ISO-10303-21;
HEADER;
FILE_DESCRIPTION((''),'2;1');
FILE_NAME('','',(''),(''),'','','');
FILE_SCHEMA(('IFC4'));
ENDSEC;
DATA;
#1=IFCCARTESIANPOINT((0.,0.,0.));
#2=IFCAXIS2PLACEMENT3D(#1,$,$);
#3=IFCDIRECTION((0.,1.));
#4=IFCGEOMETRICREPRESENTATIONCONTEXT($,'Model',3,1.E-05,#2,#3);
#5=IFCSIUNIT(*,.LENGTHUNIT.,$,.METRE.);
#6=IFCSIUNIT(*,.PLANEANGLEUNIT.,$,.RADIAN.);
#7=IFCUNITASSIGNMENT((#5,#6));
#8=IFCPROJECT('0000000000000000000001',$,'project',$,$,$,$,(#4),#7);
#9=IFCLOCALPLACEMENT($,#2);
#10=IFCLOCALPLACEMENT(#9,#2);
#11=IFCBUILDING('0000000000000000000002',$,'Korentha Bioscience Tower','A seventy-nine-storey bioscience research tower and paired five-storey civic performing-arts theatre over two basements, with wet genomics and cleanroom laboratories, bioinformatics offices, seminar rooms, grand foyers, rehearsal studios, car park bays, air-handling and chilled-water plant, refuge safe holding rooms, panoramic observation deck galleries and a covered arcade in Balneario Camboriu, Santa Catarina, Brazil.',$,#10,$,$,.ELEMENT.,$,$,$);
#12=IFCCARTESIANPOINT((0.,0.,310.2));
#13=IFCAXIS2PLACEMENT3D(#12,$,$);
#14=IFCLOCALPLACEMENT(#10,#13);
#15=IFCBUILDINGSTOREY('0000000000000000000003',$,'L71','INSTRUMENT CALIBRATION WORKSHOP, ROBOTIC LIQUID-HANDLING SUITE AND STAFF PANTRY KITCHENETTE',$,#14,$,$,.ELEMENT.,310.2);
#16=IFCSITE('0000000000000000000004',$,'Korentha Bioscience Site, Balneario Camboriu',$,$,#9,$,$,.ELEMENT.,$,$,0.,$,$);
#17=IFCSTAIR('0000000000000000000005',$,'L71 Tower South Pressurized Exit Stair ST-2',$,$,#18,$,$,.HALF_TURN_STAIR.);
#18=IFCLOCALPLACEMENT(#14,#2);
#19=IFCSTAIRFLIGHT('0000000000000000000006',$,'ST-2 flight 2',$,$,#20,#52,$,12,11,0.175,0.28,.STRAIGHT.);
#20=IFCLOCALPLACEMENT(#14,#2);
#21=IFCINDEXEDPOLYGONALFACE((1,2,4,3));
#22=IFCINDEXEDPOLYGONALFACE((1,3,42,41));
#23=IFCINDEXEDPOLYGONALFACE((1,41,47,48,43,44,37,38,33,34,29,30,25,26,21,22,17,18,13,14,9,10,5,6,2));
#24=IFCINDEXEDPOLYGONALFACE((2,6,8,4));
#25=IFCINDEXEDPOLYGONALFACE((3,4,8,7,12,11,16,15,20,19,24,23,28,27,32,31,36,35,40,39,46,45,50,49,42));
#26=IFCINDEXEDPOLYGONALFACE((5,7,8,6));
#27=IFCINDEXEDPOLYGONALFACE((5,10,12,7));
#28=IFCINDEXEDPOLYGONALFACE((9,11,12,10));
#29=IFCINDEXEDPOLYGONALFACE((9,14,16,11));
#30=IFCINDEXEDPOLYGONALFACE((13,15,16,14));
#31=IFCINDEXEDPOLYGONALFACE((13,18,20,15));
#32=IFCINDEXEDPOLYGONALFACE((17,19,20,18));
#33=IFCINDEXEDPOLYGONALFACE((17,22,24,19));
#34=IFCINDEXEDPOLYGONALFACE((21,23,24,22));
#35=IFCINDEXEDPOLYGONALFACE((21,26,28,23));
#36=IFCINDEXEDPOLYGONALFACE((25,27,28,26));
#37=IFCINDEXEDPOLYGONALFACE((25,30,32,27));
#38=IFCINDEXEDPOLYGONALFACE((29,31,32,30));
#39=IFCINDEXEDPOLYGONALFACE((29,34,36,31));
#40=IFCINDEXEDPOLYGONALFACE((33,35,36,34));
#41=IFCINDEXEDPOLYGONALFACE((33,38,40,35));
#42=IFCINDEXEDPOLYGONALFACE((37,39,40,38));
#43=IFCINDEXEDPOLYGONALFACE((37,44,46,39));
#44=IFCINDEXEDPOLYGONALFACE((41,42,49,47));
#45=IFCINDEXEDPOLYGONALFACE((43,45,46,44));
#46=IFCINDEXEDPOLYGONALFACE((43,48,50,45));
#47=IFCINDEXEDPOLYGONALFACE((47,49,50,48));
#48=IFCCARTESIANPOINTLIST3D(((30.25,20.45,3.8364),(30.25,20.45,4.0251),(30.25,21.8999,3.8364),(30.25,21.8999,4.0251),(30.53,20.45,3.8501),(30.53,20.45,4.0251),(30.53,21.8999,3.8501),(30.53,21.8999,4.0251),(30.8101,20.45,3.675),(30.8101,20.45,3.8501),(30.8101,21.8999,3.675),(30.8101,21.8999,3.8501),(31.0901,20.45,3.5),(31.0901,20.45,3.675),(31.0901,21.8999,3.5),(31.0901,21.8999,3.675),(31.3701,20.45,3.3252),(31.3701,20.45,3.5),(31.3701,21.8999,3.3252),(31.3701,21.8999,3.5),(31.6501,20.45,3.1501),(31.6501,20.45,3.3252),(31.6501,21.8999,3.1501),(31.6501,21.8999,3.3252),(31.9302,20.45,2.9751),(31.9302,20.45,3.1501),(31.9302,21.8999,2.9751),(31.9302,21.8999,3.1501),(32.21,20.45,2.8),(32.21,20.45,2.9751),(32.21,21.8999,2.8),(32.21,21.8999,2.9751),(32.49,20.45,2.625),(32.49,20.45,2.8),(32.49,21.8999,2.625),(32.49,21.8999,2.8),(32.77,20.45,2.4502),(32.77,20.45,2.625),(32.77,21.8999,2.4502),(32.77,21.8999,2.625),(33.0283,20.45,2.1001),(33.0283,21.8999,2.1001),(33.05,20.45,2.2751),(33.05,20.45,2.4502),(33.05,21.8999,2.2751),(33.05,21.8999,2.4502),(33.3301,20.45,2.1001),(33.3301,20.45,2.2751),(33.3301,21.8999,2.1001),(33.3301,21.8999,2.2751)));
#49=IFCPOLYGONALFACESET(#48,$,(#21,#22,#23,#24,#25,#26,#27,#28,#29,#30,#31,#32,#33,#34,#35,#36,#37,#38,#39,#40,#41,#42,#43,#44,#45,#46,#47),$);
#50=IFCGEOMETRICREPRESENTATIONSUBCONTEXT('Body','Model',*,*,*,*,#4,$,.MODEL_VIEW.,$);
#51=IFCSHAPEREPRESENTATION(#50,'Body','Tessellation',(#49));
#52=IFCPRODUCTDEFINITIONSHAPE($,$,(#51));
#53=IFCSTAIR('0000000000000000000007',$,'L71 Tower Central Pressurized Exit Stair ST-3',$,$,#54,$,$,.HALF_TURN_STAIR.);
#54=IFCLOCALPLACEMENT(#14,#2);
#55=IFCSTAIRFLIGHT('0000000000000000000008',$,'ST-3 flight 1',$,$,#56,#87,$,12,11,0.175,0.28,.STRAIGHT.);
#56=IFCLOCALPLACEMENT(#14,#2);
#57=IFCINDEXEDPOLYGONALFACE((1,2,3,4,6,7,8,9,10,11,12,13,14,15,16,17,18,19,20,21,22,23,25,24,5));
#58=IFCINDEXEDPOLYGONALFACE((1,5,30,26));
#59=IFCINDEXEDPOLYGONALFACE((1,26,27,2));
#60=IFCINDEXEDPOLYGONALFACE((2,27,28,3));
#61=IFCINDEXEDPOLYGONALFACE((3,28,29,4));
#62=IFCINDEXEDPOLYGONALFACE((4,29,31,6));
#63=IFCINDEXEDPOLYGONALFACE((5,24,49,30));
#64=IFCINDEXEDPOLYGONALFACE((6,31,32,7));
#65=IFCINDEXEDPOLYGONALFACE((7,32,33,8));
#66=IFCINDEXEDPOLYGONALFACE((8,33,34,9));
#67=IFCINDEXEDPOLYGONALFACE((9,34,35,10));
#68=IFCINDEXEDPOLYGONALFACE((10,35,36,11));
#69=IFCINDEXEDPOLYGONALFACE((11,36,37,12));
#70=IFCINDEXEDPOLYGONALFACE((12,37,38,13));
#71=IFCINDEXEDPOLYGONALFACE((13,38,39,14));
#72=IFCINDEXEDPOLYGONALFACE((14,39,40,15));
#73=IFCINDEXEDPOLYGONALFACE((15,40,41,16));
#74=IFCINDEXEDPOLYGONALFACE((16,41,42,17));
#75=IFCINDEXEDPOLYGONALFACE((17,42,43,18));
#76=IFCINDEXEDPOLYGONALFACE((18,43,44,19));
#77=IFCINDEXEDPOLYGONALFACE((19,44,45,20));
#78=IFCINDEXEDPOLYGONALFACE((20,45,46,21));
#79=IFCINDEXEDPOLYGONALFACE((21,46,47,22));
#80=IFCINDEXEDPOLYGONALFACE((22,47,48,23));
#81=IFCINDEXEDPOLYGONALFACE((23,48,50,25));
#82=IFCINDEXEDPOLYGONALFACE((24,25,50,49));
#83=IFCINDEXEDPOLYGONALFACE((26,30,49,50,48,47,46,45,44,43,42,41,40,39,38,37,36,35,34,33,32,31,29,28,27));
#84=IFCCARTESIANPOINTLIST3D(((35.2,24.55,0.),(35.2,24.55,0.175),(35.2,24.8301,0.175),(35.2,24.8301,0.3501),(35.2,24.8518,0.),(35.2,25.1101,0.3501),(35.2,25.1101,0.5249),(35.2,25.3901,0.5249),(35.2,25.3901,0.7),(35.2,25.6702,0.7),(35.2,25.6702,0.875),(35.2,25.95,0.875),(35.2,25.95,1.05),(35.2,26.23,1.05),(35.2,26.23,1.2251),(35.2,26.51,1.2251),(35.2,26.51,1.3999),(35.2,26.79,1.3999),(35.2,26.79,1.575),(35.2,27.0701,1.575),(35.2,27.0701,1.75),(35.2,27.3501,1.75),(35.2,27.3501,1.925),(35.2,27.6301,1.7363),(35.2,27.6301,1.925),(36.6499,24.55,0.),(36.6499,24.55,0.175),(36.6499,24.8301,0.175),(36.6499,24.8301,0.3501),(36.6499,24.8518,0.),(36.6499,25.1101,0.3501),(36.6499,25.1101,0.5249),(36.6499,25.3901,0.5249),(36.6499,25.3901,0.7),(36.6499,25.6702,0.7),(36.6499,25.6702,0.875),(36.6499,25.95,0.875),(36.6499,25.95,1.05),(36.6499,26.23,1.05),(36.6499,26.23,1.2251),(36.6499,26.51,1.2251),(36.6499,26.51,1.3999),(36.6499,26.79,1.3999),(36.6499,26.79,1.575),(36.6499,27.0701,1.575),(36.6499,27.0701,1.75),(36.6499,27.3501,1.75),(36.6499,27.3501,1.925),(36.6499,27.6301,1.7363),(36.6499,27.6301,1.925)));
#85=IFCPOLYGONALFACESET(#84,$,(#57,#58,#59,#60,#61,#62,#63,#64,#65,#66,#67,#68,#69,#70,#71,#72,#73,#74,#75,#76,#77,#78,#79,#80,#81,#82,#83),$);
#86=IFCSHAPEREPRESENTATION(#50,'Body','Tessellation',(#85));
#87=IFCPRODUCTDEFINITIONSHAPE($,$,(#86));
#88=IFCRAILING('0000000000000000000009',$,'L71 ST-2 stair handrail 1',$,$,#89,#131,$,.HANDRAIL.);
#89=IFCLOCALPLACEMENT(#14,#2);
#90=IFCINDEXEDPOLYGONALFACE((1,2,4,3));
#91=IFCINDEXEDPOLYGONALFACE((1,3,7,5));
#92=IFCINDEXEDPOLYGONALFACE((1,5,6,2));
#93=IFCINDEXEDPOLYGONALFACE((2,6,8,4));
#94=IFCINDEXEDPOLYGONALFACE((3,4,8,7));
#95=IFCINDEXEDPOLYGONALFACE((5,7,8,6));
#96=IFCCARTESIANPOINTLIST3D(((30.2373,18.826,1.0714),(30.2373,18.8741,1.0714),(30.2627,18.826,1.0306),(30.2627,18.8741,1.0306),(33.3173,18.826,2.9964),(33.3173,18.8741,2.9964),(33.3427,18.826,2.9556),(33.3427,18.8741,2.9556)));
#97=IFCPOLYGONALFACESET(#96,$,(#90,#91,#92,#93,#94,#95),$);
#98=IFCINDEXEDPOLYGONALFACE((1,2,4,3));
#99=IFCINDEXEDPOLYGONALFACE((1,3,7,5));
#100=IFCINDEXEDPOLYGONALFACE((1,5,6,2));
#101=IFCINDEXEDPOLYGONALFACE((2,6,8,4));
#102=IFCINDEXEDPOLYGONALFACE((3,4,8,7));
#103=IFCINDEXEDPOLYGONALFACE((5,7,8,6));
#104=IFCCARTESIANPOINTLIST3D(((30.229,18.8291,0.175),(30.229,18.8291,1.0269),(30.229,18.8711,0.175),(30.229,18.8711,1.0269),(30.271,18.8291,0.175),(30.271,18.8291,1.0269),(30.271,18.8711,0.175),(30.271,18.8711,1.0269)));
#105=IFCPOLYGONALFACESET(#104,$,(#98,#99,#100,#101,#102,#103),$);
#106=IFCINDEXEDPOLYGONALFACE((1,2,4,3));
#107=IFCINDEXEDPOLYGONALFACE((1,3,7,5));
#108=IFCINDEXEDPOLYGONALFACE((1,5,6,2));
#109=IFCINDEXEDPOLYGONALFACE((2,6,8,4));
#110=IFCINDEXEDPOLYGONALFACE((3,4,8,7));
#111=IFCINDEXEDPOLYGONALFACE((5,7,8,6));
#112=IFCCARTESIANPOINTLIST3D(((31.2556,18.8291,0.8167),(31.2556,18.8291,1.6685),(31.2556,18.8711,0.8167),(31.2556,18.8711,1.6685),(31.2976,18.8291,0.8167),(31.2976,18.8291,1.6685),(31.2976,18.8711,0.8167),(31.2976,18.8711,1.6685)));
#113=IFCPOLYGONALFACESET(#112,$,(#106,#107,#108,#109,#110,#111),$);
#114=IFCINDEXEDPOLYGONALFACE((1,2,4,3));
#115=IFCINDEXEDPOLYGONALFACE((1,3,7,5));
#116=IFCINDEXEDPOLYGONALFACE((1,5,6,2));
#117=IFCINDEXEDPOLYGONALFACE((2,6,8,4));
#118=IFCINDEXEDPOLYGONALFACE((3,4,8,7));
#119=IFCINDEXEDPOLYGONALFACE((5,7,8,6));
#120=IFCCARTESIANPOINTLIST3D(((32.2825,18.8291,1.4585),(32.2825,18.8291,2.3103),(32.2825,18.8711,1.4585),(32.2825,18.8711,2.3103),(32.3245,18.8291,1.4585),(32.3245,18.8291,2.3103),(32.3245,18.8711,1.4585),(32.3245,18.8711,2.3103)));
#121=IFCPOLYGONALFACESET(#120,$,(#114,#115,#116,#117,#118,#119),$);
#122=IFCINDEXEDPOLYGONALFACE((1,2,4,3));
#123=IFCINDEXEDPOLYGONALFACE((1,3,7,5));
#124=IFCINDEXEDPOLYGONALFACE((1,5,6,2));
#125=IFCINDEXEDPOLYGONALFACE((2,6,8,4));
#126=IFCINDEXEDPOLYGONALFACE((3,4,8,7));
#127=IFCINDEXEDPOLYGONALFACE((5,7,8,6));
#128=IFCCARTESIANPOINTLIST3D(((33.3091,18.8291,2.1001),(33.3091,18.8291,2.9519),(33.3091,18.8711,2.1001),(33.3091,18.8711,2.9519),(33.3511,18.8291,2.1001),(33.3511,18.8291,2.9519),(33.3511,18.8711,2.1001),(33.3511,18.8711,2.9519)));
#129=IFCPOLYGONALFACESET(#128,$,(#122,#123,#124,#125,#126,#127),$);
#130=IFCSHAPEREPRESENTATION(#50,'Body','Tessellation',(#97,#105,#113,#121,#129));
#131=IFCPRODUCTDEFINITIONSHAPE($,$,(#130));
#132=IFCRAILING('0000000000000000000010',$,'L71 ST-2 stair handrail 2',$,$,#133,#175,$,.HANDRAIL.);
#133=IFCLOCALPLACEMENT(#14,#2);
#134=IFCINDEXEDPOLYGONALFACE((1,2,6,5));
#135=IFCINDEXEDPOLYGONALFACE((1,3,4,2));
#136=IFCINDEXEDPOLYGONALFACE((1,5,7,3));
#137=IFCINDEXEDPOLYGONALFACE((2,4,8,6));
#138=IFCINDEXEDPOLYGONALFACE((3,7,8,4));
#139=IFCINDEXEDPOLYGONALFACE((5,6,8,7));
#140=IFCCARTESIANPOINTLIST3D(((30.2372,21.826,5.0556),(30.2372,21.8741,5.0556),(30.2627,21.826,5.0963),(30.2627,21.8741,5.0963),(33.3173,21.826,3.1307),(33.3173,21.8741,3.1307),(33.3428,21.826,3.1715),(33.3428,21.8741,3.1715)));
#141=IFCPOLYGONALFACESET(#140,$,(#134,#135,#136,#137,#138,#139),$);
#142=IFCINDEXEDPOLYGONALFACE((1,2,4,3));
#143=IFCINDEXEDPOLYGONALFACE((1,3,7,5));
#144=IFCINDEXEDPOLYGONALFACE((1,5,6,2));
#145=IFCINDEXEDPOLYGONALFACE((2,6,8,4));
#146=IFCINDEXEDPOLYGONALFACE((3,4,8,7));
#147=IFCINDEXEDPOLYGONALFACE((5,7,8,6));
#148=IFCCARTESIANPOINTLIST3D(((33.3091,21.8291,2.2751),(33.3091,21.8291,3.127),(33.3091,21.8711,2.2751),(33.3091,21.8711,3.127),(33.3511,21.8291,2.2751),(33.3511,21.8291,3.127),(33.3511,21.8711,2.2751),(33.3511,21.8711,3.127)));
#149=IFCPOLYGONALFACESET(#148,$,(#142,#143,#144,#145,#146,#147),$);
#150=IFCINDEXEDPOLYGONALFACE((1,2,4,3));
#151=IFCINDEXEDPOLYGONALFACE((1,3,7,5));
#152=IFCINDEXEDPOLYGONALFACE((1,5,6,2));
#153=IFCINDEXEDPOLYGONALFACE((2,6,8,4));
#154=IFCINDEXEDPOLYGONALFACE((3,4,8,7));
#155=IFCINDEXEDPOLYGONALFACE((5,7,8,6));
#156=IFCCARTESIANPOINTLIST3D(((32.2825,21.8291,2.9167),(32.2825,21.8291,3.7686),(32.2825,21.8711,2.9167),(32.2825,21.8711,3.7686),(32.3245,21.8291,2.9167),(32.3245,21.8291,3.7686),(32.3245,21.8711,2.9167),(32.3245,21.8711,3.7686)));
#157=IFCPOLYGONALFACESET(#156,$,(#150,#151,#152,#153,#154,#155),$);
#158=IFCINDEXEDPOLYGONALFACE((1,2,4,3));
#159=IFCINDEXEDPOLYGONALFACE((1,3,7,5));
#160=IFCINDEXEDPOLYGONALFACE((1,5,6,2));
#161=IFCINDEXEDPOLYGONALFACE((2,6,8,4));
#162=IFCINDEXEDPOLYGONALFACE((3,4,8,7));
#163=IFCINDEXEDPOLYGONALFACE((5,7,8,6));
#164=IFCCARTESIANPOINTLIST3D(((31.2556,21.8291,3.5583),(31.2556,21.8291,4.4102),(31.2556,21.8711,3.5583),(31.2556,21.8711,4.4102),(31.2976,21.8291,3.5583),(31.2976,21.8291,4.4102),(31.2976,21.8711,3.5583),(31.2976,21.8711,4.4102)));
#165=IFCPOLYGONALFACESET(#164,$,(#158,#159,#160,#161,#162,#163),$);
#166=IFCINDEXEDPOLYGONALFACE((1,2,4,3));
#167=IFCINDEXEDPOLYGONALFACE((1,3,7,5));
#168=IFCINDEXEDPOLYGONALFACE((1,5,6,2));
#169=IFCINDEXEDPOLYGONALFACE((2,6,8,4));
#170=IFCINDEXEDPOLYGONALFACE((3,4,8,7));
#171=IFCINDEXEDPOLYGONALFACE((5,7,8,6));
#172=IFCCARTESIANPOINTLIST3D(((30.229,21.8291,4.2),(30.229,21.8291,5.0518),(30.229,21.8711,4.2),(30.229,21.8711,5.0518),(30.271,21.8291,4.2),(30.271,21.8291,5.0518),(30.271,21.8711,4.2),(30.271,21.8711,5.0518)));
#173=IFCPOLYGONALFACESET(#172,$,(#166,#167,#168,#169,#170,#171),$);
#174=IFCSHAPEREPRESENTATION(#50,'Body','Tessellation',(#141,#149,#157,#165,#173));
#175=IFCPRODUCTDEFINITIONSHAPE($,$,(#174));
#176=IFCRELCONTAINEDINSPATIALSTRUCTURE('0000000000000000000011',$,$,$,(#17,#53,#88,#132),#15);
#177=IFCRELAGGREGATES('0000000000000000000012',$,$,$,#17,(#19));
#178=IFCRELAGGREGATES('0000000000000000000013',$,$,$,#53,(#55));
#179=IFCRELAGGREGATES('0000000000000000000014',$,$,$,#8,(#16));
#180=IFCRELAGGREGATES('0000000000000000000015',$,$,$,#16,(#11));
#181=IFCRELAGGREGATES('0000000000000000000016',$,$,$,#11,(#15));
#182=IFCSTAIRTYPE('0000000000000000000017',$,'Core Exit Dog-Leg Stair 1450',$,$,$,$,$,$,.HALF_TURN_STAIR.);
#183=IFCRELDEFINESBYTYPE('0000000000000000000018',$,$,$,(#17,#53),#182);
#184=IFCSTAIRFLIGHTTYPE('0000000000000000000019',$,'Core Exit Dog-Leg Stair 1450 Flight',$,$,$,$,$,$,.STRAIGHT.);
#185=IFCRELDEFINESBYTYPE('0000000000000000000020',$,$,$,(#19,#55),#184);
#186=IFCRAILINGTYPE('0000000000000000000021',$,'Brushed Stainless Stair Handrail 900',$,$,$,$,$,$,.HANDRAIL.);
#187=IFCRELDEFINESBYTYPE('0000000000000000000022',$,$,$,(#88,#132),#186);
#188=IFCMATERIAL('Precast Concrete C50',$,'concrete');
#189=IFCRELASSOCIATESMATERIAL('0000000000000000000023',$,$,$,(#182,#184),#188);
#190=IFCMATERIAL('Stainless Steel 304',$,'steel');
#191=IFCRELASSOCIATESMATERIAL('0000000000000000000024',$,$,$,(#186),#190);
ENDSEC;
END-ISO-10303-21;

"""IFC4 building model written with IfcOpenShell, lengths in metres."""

from ifc_helpers import new_model, si_unit, direction, frame, origin, origin_2d, place, context, subcontext, project, spatial, polyline, rectangle, outline, extrude, material, type_object, element, aggregate, save


model = new_model("IFC4")

# Units and contexts
model_context = context("Model", 3, precision=1e-05, world=origin(), true_north=direction((0.0, 1.0)))
body_context = subcontext(model_context, "Body", "Model", "MODEL_VIEW")
ifc_project = project(units=[si_unit("LENGTHUNIT", "METRE"), si_unit("PLANEANGLEUNIT", "RADIAN")], contexts=[model_context])

# Site, building, storey
site_placement = place(None, origin())
site = spatial("IfcSite", under=ifc_project, at=site_placement, Name="Korentha Bioscience Site, Balneario Camboriu", CompositionType="ELEMENT", RefElevation=0.0)
building_placement = place(site_placement, origin())
building = spatial("IfcBuilding", under=site, at=building_placement, Name="Korentha Bioscience Tower", Description="A seventy-nine-storey bioscience research tower and paired five-storey civic performing-arts theatre over two basements, with wet genomics and cleanroom laboratories, bioinformatics offices, seminar rooms, grand foyers, rehearsal studios, car park bays, air-handling and chilled-water plant, refuge safe holding rooms, panoramic observation deck galleries and a covered arcade in Balneario Camboriu, Santa Catarina, Brazil.", CompositionType="ELEMENT")
storey_placement = place(building_placement, frame((0.0, 0.0, 310.2)))
storey = spatial("IfcBuildingStorey", under=building, at=storey_placement, Name="L71", Description="INSTRUMENT CALIBRATION WORKSHOP, ROBOTIC LIQUID-HANDLING SUITE AND STAFF PANTRY KITCHENETTE", CompositionType="ELEMENT", Elevation=310.2)

# Stair, stair flight
ifc_material_1 = material(Name="Precast Concrete C50", Category="concrete")
stair_type = type_object("IfcStairType", Name="Core Exit Dog-Leg Stair 1450", PredefinedType="HALF_TURN_STAIR", material=ifc_material_1)
stair_1_placement = place(storey_placement, origin())
stair_1 = element("IfcStair", 1, at=stair_1_placement, inside=storey, type_object=stair_type, Name="L71 Tower South Pressurized Exit Stair ST-2", PredefinedType="HALF_TURN_STAIR")
stair_flight_type = type_object("IfcStairFlightType", Name="Core Exit Dog-Leg Stair 1450 Flight", PredefinedType="STRAIGHT", material=ifc_material_1)
stair_flight_1_placement = place(storey_placement, frame((33.3301, 21.175, 2.1001), z_axis=(0.0, 0.0, 1.0), x_axis=(-1.0, 0.0, 0.0)))
stair_flight_1 = element("IfcStairFlight", 2, at=stair_flight_1_placement, type_object=stair_flight_type, Name="ST-2 flight 2", NumberOfRisers=12, NumberOfTreads=11, PredefinedType="STRAIGHT", RiserHeight=0.175, TreadLength=0.28, context=body_context, shape_type="SweptSolid", body=[
    extrude(outline(polyline([(0.0, 0.0), (0.0, 0.175), (0.28, 0.175), (0.28, 0.3501), (0.5601, 0.3501), (0.5601, 0.5249), (0.8401, 0.5249), (0.8401, 0.7), (1.1201, 0.7), (1.1201, 0.875), (1.3999, 0.875), (1.3999, 1.05), (1.6799, 1.05), (1.6799, 1.2251), (1.96, 1.2251), (1.96, 1.3999), (2.24, 1.3999), (2.24, 1.575), (2.52, 1.575), (2.52, 1.75), (2.8, 1.75), (2.8, 1.925), (3.0801, 1.925), (3.0801, 2.1001), (3.0801, 1.7363), (0.3018, 0.0), (0.0, 0.0)])), frame((0.0, 0.7251, 0.0), z_axis=(0.0, -1.0, 0.0), x_axis=(1.0, 0.0, 0.0)), (0.0, 0.0, 1.0), 1.45),
])
aggregate(stair_1, [stair_flight_1])

# Stair, stair flight
stair_2_placement = place(storey_placement, origin())
stair_2 = element("IfcStair", 3, at=stair_2_placement, inside=storey, type_object=stair_type, Name="L71 Tower Central Pressurized Exit Stair ST-3", PredefinedType="HALF_TURN_STAIR")
stair_flight_2_placement = place(storey_placement, frame((35.925, 24.55, 0.0), z_axis=(0.0, 0.0, 1.0), x_axis=(0.0, 1.0, 0.0)))
stair_flight_2 = element("IfcStairFlight", 4, at=stair_flight_2_placement, type_object=stair_flight_type, Name="ST-3 flight 1", NumberOfRisers=12, NumberOfTreads=11, PredefinedType="STRAIGHT", RiserHeight=0.175, TreadLength=0.28, context=body_context, shape_type="SweptSolid", body=[
    extrude(outline(polyline([(0.0, 0.0), (0.0, 0.175), (0.28, 0.175), (0.28, 0.3501), (0.5601, 0.3501), (0.5601, 0.5249), (0.8401, 0.5249), (0.8401, 0.7), (1.1201, 0.7), (1.1201, 0.875), (1.3999, 0.875), (1.3999, 1.05), (1.6799, 1.05), (1.6799, 1.2251), (1.96, 1.2251), (1.96, 1.3999), (2.24, 1.3999), (2.24, 1.575), (2.52, 1.575), (2.52, 1.75), (2.8, 1.75), (2.8, 1.925), (3.0801, 1.925), (3.0801, 2.1001), (3.0801, 1.7363), (0.3018, 0.0), (0.0, 0.0)])), frame((0.0, 0.7251, 0.0), z_axis=(0.0, -1.0, 0.0), x_axis=(1.0, 0.0, 0.0)), (0.0, 0.0, 1.0), 1.45),
])
aggregate(stair_2, [stair_flight_2])

# Railings
ifc_material_2 = material(Name="Stainless Steel 304", Category="steel")
railing_type_1 = type_object("IfcRailingType", Name="Brushed Stainless Stair Handrail 900", PredefinedType="HANDRAIL", material=ifc_material_2)
railing_1_placement = place(storey_placement, frame((30.25, 18.8501, 0.175)))
element("IfcRailing", 5, at=railing_1_placement, inside=storey, type_object=railing_type_1, Name="L71 ST-2 stair handrail 1", PredefinedType="HANDRAIL", context=body_context, shape_type="SweptSolid", body=[
    extrude(rectangle(XDim=0.0481, YDim=0.0481, at=origin_2d()), frame((0.0, 0.0, 0.876), z_axis=(0.847998, 0.0, 0.529999), x_axis=(0.0, 1.0, 0.0)), (0.0, 0.0, 1.0), 3.6321),
    extrude(rectangle(XDim=0.042, YDim=0.042, at=origin_2d()), origin(), (0.0, 0.0, 1.0), 0.8518),
    extrude(rectangle(XDim=0.042, YDim=0.042, at=origin_2d()), frame((1.0266, 0.0, 0.6416)), (0.0, 0.0, 1.0), 0.8518),
    extrude(rectangle(XDim=0.042, YDim=0.042, at=origin_2d()), frame((2.0535, 0.0, 1.2834)), (0.0, 0.0, 1.0), 0.8518),
    extrude(rectangle(XDim=0.042, YDim=0.042, at=origin_2d()), frame((3.0801, 0.0, 1.925)), (0.0, 0.0, 1.0), 0.8518),
])
railing_2_placement = place(storey_placement, frame((33.3301, 21.8501, 2.2751)))
element("IfcRailing", 6, at=railing_2_placement, inside=storey, type_object=railing_type_1, Name="L71 ST-2 stair handrail 2", PredefinedType="HANDRAIL", context=body_context, shape_type="SweptSolid", body=[
    extrude(rectangle(XDim=0.0481, YDim=0.0481, at=origin_2d()), frame((0.0, 0.0, 0.876), z_axis=(-0.848029, 0.0, 0.529951), x_axis=(0.0, -1.0, 0.0)), (0.0, 0.0, 1.0), 3.6321),
    extrude(rectangle(XDim=0.042, YDim=0.042, at=origin_2d()), origin(), (0.0, 0.0, 1.0), 0.8518),
    extrude(rectangle(XDim=0.042, YDim=0.042, at=origin_2d()), frame((-1.0266, 0.0, 0.6416)), (0.0, 0.0, 1.0), 0.8518),
    extrude(rectangle(XDim=0.042, YDim=0.042, at=origin_2d()), frame((-2.0535, 0.0, 1.2832)), (0.0, 0.0, 1.0), 0.8518),
    extrude(rectangle(XDim=0.042, YDim=0.042, at=origin_2d()), frame((-3.0801, 0.0, 1.9248)), (0.0, 0.0, 1.0), 0.8518),
])

save(model, "model.ifc")
